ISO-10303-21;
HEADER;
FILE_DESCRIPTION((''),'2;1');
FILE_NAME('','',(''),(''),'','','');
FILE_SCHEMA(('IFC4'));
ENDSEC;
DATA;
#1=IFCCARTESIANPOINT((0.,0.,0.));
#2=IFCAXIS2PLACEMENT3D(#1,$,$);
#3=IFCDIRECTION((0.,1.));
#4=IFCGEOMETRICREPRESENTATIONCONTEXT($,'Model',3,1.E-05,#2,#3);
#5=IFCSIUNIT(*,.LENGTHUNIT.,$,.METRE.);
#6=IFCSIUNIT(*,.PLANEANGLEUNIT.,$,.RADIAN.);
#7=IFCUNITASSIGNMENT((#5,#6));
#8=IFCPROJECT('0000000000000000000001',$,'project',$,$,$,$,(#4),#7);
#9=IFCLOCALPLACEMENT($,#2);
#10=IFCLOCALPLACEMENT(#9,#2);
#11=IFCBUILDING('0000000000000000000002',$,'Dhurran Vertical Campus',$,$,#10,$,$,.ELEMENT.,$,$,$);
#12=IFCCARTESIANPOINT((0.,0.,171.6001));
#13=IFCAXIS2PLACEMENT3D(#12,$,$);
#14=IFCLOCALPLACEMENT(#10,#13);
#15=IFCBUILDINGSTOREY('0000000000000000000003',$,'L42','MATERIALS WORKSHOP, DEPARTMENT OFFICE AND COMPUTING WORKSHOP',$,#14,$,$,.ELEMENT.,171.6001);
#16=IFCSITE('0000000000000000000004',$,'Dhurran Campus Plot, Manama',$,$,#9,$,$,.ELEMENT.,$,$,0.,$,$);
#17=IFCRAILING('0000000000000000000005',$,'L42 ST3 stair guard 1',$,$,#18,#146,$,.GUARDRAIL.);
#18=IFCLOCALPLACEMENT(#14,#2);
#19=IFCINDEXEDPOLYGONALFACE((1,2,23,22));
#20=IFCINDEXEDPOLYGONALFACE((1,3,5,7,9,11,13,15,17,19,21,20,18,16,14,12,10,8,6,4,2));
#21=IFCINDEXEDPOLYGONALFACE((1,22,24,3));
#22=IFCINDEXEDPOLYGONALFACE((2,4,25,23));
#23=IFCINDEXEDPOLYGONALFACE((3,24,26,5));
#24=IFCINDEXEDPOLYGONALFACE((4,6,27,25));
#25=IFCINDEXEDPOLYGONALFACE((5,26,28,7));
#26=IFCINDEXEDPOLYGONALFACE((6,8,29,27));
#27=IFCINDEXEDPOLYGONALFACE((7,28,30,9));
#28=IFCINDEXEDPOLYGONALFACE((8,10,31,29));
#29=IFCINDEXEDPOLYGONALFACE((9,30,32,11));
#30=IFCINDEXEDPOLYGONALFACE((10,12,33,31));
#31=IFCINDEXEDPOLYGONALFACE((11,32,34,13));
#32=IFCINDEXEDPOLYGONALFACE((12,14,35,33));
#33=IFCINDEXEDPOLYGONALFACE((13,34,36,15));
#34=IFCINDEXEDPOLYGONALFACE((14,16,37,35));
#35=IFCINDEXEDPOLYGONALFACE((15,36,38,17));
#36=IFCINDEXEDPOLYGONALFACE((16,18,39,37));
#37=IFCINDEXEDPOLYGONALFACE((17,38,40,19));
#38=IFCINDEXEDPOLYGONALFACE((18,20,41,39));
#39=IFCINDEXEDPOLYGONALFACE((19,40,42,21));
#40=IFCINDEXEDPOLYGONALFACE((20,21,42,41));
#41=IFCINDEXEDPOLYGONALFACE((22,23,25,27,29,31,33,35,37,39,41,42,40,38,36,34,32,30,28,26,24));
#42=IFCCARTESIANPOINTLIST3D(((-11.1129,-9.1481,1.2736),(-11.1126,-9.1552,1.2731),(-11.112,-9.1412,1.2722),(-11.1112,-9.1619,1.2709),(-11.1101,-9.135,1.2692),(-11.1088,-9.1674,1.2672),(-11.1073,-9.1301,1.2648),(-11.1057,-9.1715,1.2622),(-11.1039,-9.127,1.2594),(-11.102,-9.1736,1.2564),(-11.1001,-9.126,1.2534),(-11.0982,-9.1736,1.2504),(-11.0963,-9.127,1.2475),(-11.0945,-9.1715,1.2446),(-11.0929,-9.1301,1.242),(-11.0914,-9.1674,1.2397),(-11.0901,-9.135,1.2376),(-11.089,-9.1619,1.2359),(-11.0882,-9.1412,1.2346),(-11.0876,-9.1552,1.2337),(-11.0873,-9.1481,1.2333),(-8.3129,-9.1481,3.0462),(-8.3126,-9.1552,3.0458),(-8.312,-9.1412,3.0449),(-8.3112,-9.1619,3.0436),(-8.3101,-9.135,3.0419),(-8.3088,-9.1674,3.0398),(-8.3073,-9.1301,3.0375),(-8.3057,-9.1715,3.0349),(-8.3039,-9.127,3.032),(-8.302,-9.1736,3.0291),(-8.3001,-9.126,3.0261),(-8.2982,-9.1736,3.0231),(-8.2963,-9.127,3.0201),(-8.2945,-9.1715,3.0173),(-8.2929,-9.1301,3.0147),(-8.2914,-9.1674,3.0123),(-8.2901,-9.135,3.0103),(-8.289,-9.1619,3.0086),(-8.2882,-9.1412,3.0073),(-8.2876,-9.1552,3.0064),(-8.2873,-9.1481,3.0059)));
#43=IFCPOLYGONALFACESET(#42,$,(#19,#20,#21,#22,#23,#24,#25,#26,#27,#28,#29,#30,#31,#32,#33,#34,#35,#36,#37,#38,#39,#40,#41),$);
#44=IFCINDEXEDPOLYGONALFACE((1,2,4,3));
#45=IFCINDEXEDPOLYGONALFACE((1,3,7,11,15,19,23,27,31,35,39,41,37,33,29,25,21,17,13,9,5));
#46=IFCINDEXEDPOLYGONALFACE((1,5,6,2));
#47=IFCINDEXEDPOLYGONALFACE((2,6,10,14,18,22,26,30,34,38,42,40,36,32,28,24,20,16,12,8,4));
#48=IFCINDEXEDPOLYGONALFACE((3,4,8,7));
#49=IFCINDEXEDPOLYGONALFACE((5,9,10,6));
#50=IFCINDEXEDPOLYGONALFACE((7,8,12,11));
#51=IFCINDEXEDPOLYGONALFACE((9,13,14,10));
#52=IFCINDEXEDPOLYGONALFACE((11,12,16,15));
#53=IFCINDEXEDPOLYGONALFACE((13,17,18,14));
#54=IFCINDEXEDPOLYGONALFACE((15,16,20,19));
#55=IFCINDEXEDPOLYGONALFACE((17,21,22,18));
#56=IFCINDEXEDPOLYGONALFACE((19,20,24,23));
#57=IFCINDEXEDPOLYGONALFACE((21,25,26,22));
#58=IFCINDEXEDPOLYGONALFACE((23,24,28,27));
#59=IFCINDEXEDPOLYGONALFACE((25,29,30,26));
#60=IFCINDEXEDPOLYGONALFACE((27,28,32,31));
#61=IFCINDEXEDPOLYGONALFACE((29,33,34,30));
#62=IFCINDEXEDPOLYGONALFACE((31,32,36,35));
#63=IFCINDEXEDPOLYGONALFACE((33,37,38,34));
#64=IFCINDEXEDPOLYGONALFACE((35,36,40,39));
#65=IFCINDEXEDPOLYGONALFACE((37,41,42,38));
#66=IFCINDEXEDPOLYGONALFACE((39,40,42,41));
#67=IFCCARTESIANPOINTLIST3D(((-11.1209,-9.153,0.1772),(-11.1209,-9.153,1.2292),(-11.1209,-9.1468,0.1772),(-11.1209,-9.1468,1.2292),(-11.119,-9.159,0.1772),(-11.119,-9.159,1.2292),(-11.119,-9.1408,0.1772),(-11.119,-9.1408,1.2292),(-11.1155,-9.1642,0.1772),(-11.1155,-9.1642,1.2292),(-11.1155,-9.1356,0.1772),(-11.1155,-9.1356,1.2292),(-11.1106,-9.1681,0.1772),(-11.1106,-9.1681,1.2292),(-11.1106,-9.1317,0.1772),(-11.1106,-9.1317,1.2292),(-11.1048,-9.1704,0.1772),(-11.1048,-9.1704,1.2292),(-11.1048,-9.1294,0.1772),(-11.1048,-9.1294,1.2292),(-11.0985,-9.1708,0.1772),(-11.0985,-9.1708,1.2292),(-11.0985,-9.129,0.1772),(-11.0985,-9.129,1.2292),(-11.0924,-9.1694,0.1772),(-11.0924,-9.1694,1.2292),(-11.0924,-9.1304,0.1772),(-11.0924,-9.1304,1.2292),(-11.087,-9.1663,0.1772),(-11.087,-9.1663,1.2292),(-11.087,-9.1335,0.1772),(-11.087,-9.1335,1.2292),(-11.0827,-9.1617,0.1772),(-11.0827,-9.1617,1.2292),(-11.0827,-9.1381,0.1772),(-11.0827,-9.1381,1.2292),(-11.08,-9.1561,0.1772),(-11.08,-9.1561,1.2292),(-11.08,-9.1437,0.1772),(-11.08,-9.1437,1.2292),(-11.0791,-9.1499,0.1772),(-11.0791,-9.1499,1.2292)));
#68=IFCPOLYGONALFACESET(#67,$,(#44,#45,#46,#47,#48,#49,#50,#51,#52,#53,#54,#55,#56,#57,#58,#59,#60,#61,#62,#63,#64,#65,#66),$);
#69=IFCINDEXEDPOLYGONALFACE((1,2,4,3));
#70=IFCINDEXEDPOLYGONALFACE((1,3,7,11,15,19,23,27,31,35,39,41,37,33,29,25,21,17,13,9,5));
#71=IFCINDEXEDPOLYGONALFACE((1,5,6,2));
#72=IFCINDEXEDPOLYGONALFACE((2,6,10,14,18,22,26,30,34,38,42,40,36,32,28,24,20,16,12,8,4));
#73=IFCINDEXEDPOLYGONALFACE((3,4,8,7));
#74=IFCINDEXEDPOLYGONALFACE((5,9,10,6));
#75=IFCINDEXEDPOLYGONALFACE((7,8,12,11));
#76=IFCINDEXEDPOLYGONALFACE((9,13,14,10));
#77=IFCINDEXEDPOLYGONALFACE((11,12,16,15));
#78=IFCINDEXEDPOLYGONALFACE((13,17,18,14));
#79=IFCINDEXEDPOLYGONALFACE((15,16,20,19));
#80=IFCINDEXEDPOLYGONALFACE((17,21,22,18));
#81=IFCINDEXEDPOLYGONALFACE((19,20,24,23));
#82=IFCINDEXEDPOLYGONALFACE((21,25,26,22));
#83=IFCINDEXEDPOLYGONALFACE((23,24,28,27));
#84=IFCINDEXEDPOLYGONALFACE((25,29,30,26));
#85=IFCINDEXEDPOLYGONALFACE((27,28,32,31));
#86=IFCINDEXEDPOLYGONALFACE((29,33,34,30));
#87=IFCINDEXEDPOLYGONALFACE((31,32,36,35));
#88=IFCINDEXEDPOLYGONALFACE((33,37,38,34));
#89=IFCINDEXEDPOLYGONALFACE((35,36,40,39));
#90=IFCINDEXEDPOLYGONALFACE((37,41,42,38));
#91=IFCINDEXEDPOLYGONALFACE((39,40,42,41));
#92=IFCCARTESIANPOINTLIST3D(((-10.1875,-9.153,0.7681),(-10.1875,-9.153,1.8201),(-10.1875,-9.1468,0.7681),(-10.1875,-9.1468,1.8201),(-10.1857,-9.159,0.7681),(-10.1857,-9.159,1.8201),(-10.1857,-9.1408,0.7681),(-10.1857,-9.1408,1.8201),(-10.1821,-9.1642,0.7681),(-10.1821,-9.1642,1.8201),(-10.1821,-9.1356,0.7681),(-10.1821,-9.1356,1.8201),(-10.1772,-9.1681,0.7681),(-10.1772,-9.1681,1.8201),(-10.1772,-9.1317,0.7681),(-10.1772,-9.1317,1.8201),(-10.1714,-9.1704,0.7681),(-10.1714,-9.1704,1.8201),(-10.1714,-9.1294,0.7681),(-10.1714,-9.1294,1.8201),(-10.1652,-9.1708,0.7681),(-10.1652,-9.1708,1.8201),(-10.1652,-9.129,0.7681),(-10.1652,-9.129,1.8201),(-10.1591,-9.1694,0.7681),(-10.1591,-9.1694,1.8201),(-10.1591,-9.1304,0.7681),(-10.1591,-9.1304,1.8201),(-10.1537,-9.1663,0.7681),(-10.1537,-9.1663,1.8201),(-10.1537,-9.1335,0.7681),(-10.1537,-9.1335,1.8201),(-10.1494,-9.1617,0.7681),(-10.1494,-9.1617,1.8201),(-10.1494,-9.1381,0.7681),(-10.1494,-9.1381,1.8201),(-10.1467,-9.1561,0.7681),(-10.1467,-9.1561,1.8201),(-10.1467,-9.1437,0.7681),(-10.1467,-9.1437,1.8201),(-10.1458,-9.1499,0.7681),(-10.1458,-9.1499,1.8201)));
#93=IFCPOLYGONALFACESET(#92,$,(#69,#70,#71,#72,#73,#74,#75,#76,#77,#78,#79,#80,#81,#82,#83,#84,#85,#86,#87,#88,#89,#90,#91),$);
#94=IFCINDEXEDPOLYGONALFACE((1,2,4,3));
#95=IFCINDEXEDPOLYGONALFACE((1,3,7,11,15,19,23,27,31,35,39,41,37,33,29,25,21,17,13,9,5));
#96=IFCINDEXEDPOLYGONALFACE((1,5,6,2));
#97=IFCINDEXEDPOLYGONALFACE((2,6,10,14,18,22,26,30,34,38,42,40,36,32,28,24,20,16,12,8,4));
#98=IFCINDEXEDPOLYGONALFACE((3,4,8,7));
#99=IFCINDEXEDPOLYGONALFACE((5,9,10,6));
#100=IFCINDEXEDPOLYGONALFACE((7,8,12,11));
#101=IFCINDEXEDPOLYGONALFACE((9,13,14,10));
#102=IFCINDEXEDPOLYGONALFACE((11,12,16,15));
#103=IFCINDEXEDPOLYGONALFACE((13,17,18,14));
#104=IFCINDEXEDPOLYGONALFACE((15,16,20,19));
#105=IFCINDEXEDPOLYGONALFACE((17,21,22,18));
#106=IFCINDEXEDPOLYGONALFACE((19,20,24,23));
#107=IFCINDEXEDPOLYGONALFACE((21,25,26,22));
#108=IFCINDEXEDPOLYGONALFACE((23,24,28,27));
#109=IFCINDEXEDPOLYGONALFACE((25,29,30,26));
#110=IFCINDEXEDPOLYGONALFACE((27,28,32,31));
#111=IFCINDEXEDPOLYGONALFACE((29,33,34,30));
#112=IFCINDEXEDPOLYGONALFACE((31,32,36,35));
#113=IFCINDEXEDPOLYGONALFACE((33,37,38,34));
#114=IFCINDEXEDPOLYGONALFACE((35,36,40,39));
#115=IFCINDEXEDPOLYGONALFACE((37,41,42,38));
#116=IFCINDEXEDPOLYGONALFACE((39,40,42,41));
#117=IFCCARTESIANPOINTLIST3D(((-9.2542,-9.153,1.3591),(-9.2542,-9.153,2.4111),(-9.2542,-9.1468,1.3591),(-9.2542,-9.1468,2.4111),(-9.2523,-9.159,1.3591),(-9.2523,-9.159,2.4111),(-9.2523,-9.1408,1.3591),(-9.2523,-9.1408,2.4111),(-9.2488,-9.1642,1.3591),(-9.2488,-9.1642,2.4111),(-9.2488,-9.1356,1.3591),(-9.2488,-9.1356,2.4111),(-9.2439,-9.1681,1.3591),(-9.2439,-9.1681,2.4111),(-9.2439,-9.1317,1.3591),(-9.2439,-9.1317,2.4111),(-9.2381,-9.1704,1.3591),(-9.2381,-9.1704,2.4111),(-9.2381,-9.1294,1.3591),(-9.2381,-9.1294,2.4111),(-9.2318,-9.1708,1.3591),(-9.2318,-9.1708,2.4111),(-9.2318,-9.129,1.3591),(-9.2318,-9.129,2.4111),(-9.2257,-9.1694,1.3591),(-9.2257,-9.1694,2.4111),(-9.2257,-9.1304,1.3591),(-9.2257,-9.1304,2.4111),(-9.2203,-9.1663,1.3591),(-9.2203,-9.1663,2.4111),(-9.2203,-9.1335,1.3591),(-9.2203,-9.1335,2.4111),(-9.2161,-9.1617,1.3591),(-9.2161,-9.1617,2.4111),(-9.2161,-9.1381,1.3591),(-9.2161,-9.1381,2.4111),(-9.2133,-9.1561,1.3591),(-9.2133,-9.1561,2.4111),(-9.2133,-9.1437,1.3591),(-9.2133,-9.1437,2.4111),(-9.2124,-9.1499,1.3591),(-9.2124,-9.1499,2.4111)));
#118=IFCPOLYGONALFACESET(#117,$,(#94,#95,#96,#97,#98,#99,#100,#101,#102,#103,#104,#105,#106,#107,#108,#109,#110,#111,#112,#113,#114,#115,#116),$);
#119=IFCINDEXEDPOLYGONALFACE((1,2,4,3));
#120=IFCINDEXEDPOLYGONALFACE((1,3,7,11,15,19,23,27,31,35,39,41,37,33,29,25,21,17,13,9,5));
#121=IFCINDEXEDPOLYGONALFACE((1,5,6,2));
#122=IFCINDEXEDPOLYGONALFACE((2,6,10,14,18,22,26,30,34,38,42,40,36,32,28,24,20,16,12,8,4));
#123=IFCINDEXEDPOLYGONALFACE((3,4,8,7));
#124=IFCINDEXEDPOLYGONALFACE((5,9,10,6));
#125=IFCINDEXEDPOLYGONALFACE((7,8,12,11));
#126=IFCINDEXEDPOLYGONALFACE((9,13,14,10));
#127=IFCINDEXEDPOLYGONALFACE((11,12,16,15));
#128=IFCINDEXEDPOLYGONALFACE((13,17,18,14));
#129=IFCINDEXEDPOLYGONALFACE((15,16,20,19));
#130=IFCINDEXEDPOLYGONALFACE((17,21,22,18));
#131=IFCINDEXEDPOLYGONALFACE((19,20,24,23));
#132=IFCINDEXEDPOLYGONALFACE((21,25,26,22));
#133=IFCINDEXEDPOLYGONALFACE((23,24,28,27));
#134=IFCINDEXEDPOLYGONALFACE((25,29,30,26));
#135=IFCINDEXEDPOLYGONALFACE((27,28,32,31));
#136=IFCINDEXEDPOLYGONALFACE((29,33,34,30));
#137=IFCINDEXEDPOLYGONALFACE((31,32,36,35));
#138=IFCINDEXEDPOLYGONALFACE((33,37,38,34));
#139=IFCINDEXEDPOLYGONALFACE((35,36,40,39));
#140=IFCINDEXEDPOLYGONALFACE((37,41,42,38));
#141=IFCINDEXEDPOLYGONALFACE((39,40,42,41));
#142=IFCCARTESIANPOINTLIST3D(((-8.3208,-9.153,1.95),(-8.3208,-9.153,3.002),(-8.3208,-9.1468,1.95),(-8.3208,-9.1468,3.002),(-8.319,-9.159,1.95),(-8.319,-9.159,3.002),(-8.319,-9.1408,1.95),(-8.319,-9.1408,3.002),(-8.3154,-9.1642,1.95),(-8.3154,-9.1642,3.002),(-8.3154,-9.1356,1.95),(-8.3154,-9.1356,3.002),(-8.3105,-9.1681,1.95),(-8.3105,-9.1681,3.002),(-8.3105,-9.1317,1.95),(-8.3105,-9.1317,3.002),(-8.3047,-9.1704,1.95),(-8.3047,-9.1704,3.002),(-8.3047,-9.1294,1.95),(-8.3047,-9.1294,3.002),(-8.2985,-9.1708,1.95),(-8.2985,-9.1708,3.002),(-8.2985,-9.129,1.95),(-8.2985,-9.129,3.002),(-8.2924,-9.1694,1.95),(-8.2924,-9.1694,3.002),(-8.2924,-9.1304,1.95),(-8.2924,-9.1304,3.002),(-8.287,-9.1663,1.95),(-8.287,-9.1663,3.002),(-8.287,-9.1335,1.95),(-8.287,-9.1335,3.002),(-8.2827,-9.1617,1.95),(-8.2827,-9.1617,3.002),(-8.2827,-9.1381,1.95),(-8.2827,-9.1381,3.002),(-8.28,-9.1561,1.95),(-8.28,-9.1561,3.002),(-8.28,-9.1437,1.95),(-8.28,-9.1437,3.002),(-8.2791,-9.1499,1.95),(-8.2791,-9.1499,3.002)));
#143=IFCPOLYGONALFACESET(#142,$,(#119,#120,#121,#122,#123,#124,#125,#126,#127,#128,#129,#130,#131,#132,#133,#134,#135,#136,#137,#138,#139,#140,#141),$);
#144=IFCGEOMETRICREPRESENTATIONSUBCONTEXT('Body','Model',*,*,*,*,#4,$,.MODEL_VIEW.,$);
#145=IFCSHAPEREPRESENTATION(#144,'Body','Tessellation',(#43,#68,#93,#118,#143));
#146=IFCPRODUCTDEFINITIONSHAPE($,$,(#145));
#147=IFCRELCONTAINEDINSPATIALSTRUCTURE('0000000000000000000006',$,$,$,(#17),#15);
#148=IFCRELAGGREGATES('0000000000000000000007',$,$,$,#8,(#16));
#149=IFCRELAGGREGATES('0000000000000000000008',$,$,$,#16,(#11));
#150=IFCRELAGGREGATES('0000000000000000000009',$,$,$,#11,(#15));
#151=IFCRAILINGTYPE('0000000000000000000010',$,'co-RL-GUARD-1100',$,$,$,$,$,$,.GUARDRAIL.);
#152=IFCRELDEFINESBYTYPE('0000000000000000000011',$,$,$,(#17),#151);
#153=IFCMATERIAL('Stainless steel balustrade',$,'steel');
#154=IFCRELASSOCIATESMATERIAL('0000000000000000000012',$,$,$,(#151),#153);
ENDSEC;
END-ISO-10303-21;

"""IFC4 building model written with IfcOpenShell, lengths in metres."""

from ifc_helpers import new_model, si_unit, direction, frame, origin, origin_2d, place, context, subcontext, project, spatial, circle, extrude, material, type_object, element, save


model = new_model("IFC4")

# Units and contexts
model_context = context("Model", 3, precision=1e-05, world=origin(), true_north=direction((0.0, 1.0)))
body_context = subcontext(model_context, "Body", "Model", "MODEL_VIEW")
ifc_project = project(units=[si_unit("LENGTHUNIT", "METRE"), si_unit("PLANEANGLEUNIT", "RADIAN")], contexts=[model_context])

# Site, building, storey
site_placement = place(None, origin())
site = spatial("IfcSite", under=ifc_project, at=site_placement, Name="Dhurran Campus Plot, Manama", CompositionType="ELEMENT", RefElevation=0.0)
building_placement = place(site_placement, origin())
building = spatial("IfcBuilding", under=site, at=building_placement, Name="Dhurran Vertical Campus", CompositionType="ELEMENT")
storey_placement = place(building_placement, frame((0.0, 0.0, 171.6001)))
storey = spatial("IfcBuildingStorey", under=building, at=storey_placement, Name="L42", Description="MATERIALS WORKSHOP, DEPARTMENT OFFICE AND COMPUTING WORKSHOP", CompositionType="ELEMENT", Elevation=171.6001)

# Railing
ifc_material_1 = material(Name="Stainless steel balustrade", Category="steel")
railing_type_1 = type_object("IfcRailingType", Name="co-RL-GUARD-1100", PredefinedType="GUARDRAIL", material=ifc_material_1)
railing_1_placement = place(storey_placement, frame((-11.1001, -9.1499, 0.1772)))
element("IfcRailing", 1, at=railing_1_placement, inside=storey, type_object=railing_type_1, Name="L42 ST3 stair guard 1", PredefinedType="GUARDRAIL", context=body_context, shape_type="SweptSolid", body=[
    extrude(circle(Radius=0.0239, at=origin_2d()), frame((0.0, 0.0, 1.0762), z_axis=(0.844909, 0.0, 0.53491), x_axis=(0.0, 1.0, 0.0)), (0.0, 0.0, 1.0), 3.314),
    extrude(circle(Radius=0.021, at=origin_2d()), origin(), (0.0, 0.0, 1.0), 1.052),
    extrude(circle(Radius=0.021, at=origin_2d()), frame((0.9333, 0.0, 0.5908)), (0.0, 0.0, 1.0), 1.052),
    extrude(circle(Radius=0.021, at=origin_2d()), frame((1.8667, 0.0, 1.1819)), (0.0, 0.0, 1.0), 1.052),
    extrude(circle(Radius=0.021, at=origin_2d()), frame((2.8, 0.0, 1.7727)), (0.0, 0.0, 1.0), 1.052),
])

save(model, "model.ifc")
